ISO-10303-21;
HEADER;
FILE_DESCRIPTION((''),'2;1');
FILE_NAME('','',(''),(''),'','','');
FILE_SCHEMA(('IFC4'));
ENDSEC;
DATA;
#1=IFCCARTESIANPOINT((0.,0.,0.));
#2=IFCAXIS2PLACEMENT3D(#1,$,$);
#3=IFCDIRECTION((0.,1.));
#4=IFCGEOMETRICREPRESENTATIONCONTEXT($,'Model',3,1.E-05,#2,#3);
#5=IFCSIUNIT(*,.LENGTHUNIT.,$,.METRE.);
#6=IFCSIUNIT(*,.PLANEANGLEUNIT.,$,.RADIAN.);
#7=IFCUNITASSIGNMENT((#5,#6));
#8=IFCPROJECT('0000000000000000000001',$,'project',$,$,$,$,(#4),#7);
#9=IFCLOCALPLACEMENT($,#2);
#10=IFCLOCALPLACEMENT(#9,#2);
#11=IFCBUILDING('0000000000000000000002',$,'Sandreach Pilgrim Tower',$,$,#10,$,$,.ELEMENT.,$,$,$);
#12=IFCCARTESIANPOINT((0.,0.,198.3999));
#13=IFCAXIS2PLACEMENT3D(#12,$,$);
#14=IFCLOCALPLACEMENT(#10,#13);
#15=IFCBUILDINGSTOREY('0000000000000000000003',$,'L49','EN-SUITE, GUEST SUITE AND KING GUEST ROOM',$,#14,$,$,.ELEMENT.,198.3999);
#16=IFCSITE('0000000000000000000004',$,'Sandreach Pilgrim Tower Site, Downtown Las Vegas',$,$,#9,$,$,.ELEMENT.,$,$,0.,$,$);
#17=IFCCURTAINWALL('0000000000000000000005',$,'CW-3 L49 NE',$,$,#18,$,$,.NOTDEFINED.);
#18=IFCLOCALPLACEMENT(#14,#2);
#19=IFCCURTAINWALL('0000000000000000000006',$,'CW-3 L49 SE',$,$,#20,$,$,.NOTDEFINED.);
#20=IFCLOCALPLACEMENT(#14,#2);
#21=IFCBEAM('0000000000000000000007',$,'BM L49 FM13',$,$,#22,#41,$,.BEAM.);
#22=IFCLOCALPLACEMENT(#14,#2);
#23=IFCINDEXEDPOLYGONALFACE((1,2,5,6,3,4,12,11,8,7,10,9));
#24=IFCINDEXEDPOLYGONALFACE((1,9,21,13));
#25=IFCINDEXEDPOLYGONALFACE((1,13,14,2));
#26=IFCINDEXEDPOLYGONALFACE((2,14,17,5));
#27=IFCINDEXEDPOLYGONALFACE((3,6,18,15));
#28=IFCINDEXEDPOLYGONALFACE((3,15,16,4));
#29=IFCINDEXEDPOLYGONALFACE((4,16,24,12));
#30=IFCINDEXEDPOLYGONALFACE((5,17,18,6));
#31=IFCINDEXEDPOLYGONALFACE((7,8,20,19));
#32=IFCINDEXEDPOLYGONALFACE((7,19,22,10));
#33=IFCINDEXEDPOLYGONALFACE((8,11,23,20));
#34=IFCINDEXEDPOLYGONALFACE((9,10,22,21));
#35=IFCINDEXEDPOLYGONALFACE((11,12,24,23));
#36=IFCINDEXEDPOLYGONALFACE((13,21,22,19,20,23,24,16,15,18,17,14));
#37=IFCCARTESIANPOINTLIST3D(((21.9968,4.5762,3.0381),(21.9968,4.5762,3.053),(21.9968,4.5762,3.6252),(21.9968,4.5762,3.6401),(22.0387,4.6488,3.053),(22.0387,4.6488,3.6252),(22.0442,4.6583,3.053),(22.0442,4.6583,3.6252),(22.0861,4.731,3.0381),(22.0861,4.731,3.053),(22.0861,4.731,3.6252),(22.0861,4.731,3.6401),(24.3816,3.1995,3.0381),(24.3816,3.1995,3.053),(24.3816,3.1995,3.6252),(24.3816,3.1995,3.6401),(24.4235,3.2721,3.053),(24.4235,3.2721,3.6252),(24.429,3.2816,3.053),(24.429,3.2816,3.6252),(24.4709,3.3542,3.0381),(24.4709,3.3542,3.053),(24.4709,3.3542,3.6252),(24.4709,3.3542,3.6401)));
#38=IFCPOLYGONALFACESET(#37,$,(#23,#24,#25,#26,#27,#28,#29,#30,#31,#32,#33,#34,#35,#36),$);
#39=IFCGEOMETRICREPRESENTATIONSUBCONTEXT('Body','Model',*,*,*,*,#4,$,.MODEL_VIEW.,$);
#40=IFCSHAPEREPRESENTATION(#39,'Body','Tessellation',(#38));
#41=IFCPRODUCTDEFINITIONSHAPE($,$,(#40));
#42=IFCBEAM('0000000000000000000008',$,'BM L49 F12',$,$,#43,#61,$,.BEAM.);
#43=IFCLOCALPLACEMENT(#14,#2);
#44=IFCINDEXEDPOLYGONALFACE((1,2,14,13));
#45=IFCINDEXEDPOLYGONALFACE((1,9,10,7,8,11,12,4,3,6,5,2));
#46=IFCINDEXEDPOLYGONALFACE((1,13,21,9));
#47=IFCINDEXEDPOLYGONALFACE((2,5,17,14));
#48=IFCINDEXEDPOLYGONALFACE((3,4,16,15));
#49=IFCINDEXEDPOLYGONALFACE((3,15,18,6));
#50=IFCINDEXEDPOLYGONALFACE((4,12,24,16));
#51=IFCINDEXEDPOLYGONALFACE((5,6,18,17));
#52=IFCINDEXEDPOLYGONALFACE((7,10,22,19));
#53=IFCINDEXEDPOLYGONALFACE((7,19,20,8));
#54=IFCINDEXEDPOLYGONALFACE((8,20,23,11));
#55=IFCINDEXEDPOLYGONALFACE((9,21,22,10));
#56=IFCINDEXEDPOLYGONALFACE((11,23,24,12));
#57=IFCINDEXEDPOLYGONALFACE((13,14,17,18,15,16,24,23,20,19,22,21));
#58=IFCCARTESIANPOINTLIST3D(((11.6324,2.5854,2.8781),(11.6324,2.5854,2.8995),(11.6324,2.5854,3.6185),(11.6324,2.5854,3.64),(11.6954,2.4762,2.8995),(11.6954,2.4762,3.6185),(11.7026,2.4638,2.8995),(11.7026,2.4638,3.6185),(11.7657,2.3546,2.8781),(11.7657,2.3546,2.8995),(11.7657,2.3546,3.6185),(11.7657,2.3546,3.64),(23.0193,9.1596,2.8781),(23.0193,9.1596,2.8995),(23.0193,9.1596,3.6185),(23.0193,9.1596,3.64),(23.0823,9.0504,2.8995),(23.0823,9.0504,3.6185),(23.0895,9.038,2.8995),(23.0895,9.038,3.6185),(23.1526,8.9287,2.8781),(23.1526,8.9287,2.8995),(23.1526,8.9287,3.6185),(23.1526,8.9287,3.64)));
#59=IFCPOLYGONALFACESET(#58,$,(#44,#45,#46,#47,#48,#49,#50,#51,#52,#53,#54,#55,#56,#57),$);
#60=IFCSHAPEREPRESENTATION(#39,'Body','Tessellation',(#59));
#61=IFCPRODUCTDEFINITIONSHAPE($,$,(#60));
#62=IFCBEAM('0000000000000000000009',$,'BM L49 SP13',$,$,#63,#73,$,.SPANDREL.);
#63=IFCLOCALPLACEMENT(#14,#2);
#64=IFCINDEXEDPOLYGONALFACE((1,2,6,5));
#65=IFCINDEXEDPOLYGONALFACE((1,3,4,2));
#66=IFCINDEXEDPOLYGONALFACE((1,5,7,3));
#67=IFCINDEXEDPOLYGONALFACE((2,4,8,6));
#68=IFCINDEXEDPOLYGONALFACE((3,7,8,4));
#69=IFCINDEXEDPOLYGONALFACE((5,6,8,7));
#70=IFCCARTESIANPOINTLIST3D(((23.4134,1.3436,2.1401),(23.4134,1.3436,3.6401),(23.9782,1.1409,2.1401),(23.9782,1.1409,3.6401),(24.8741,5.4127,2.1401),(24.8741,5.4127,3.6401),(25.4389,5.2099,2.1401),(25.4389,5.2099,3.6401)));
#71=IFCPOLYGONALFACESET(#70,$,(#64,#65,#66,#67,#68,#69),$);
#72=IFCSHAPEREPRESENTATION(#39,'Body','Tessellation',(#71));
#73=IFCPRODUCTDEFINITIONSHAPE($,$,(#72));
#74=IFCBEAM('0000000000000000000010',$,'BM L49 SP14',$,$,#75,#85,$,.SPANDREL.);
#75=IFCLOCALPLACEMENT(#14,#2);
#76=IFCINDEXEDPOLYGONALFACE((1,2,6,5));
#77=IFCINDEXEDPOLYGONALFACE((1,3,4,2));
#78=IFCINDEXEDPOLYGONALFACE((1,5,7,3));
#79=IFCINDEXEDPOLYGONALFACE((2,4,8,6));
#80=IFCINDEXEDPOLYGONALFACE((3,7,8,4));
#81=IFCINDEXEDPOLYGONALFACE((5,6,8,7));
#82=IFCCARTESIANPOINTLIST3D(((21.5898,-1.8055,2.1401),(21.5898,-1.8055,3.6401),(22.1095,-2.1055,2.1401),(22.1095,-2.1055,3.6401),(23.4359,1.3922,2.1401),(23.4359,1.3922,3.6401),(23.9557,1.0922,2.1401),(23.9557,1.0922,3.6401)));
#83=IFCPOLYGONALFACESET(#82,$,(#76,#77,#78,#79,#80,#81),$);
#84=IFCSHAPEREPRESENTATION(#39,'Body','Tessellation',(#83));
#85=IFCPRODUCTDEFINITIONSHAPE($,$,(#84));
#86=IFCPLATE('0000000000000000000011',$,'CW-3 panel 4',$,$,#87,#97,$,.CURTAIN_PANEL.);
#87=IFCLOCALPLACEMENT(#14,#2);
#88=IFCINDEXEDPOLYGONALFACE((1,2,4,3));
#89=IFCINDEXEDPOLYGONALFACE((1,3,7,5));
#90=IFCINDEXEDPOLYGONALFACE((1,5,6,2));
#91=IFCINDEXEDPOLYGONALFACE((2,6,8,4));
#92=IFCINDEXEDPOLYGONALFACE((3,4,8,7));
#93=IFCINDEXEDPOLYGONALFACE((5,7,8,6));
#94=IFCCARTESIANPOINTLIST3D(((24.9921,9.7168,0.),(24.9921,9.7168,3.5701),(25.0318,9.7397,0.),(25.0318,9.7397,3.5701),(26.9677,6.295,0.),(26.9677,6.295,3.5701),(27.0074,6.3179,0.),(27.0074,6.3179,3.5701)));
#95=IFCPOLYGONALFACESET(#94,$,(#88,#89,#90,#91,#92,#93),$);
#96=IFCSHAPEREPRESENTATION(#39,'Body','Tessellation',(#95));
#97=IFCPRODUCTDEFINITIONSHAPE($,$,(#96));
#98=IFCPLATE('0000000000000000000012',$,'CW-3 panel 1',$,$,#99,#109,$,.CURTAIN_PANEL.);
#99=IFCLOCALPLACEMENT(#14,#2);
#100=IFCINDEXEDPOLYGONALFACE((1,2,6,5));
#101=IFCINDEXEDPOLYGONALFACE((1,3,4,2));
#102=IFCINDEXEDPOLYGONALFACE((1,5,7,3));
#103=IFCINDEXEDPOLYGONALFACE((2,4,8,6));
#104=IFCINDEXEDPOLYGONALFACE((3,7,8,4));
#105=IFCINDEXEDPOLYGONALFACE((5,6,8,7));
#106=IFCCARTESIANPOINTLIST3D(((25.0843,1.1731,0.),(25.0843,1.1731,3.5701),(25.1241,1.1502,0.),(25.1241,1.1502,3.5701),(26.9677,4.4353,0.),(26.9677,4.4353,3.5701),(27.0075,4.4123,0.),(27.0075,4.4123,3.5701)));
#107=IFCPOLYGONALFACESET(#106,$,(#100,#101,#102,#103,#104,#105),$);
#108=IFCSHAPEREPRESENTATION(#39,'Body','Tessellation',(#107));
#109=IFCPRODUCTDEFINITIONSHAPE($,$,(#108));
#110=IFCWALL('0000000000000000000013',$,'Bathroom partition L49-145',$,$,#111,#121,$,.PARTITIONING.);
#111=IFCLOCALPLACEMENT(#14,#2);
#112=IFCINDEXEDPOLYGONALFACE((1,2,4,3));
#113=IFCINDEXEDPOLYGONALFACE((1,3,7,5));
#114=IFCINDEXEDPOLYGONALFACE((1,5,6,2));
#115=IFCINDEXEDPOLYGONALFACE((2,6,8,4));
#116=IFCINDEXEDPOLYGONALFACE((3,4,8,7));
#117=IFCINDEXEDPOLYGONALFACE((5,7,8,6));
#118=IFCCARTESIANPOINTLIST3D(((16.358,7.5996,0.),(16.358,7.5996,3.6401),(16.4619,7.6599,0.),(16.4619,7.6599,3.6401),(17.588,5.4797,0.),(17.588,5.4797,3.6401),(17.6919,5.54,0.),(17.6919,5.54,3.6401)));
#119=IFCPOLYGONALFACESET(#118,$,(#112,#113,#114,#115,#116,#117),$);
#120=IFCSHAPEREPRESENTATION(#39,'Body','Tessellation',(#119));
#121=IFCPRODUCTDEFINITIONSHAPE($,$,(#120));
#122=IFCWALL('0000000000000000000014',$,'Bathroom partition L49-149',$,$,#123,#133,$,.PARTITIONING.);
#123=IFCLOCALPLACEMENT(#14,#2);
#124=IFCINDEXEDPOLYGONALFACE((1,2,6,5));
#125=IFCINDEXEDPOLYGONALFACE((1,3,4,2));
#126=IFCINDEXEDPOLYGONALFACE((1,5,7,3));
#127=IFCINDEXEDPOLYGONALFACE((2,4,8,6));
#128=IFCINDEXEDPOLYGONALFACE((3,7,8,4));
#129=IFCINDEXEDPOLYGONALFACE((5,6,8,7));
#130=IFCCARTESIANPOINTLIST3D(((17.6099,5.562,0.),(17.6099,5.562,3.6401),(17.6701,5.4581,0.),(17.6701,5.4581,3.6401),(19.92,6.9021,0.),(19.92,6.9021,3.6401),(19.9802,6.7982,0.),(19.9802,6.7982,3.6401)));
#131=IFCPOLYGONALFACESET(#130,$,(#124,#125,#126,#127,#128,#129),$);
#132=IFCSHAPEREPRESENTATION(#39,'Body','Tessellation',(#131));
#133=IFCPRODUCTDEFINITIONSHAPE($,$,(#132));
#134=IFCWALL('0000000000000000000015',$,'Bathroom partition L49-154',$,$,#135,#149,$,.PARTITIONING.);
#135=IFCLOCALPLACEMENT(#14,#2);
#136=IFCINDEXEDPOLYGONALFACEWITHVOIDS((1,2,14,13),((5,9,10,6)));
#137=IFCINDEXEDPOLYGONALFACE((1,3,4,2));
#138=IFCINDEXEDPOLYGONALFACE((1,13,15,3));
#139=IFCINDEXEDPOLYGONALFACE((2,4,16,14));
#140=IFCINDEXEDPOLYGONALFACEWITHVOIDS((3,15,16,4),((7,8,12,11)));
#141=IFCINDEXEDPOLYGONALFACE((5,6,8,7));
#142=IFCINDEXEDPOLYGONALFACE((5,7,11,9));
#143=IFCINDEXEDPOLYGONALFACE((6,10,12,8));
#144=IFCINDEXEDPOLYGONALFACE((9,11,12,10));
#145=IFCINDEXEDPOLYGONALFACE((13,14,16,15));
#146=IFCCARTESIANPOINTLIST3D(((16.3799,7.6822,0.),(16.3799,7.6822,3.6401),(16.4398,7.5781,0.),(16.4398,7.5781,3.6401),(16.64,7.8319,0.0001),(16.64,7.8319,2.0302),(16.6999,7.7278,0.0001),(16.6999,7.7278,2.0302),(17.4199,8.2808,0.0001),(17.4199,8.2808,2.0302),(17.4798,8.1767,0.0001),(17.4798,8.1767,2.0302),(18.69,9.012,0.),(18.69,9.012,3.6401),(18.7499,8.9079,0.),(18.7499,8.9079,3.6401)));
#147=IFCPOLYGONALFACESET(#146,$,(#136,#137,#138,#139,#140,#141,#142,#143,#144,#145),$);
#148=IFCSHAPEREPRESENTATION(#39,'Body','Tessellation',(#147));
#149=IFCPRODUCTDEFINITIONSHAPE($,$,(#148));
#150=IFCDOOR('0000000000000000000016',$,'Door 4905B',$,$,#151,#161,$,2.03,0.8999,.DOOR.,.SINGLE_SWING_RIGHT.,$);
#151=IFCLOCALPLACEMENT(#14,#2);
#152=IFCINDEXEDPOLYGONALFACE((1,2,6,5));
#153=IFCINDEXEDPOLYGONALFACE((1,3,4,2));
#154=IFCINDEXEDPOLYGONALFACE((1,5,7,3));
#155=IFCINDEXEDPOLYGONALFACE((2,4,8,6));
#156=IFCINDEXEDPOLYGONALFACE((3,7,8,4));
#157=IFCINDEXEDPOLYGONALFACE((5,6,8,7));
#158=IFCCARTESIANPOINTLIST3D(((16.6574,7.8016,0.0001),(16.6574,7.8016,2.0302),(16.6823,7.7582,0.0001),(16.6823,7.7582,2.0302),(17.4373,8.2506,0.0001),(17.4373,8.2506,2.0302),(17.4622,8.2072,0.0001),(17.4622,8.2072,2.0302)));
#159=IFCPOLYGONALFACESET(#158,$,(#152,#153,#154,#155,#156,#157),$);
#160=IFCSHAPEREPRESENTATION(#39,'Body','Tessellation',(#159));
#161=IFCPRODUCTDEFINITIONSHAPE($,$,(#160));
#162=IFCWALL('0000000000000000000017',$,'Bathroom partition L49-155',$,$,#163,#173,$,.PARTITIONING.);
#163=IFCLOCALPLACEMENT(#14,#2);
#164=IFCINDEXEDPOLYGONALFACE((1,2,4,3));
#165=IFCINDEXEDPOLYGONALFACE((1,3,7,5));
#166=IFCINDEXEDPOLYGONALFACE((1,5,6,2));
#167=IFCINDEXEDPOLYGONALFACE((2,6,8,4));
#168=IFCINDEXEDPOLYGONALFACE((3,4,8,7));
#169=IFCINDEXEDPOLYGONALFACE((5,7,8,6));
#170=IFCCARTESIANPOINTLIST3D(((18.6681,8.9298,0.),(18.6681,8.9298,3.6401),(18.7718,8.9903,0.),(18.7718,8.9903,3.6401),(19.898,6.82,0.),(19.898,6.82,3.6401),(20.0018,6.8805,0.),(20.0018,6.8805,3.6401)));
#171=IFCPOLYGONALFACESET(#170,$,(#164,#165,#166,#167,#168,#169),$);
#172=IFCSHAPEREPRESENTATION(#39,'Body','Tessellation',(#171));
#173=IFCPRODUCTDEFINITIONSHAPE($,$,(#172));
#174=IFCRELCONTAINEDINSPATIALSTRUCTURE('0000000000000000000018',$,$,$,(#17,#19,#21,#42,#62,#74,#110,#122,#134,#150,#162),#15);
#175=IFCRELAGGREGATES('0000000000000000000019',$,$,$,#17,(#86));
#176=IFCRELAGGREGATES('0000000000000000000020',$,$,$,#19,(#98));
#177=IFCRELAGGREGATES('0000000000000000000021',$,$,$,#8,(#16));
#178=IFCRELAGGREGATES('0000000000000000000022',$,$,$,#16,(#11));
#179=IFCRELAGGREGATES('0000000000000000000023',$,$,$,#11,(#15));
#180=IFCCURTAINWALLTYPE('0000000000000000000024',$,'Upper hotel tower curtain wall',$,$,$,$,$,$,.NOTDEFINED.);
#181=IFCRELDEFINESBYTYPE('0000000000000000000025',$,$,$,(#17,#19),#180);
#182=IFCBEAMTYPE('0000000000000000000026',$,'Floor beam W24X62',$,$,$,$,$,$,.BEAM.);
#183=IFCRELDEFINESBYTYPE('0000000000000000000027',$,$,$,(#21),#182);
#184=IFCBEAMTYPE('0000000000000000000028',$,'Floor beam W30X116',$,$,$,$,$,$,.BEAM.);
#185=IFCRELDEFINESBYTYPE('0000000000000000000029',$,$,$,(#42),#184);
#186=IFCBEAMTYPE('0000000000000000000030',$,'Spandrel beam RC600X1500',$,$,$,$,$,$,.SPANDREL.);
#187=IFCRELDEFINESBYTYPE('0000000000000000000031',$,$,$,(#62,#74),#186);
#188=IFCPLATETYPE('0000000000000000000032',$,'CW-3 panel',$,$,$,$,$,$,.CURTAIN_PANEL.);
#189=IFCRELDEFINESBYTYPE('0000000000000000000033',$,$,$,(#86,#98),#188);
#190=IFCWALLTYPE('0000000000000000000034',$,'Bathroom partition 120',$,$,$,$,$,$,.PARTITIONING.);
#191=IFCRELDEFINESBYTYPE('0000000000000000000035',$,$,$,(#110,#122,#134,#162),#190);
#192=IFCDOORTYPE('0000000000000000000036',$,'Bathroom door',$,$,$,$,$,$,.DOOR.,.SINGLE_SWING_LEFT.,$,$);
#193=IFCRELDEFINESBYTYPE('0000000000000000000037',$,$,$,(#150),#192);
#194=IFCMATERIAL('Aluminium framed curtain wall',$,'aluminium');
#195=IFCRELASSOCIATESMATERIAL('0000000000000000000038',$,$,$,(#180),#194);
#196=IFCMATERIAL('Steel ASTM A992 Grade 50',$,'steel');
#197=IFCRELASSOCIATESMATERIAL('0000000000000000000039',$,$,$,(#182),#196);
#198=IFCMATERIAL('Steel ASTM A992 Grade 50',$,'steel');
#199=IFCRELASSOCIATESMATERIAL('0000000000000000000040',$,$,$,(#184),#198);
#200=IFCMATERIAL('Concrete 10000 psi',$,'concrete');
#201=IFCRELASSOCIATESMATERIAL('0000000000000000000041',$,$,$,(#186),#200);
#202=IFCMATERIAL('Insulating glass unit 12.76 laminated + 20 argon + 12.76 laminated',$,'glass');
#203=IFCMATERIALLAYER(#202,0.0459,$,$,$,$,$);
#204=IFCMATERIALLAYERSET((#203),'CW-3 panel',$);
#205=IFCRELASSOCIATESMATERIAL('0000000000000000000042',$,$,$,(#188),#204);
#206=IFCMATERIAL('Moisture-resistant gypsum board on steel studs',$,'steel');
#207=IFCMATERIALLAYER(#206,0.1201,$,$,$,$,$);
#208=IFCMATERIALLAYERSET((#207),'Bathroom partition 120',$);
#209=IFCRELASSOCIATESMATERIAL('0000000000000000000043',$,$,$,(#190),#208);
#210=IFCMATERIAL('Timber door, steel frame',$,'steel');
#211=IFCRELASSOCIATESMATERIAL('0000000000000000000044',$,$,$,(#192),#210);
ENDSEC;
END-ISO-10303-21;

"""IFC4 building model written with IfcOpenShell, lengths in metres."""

from ifc_helpers import new_model, si_unit, direction, frame, frame_2d, origin, origin_2d, place, context, subcontext, project, spatial, rectangle, i_section, extrude, material, layer, layer_set, material_profile, profile_set, type_object, element, fill, aggregate, save


model = new_model("IFC4")

# Units and contexts
model_context = context("Model", 3, precision=1e-05, world=origin(), true_north=direction((0.0, 1.0)))
body_context = subcontext(model_context, "Body", "Model", "MODEL_VIEW")
ifc_project = project(units=[si_unit("LENGTHUNIT", "METRE"), si_unit("PLANEANGLEUNIT", "RADIAN")], contexts=[model_context])

# Site, building, storey
site_placement = place(None, origin())
site = spatial("IfcSite", under=ifc_project, at=site_placement, Name="Sandreach Pilgrim Tower Site, Downtown Las Vegas", CompositionType="ELEMENT", RefElevation=0.0)
building_placement = place(site_placement, origin())
building = spatial("IfcBuilding", under=site, at=building_placement, Name="Sandreach Pilgrim Tower", CompositionType="ELEMENT")
storey_placement = place(building_placement, frame((0.0, 0.0, 198.3999)))
storey = spatial("IfcBuildingStorey", under=building, at=storey_placement, Name="L49", Description="EN-SUITE, GUEST SUITE AND KING GUEST ROOM", CompositionType="ELEMENT", Elevation=198.3999)

# Curtain wall
ifc_material_1 = material(Name="Aluminium framed curtain wall", Category="aluminium")
curtain_wall_type = type_object("IfcCurtainWallType", Name="Upper hotel tower curtain wall", PredefinedType="NOTDEFINED", material=ifc_material_1)
curtain_wall_1_placement = place(storey_placement, origin())
curtain_wall_1 = element("IfcCurtainWall", 1, at=curtain_wall_1_placement, inside=storey, type_object=curtain_wall_type, Name="CW-3 L49 NE", PredefinedType="NOTDEFINED")

# Curtain wall
curtain_wall_2_placement = place(storey_placement, origin())
curtain_wall_2 = element("IfcCurtainWall", 2, at=curtain_wall_2_placement, inside=storey, type_object=curtain_wall_type, Name="CW-3 L49 SE", PredefinedType="NOTDEFINED")

# Beams
ifc_material_2 = material(Name="Steel ASTM A992 Grade 50", Category="steel")
ifc_material_profile_1 = material_profile(ifc_material_2, i_section(OverallWidth=0.1787, OverallDepth=0.6021, WebThickness=0.011, FlangeThickness=0.0149, at=origin_2d()), Name="W24X62")
ifc_profile_set_1 = profile_set([ifc_material_profile_1], Name="Steel ASTM A992 Grade 50")
beam_type_1 = type_object("IfcBeamType", Name="Floor beam W24X62", PredefinedType="BEAM", material=ifc_profile_set_1)
beam_1_placement = place(storey_placement, frame((24.4263, 3.2769, 3.3391), z_axis=(-0.866047, 0.499963, 0.0), x_axis=(-0.499963, -0.866047, 0.0)))
element("IfcBeam", 3, at=beam_1_placement, inside=storey, type_object=beam_type_1, Name="BM L49 FM13", PredefinedType="BEAM", context=body_context, shape_type="SweptSolid", body=[
    extrude(i_section(OverallWidth=0.1787, OverallDepth=0.6021, WebThickness=0.011, FlangeThickness=0.0149, at=origin_2d()), origin(), (0.0, 0.0, 1.0), 2.7537),
])
ifc_material_3 = material(Name="Steel ASTM A992 Grade 50", Category="steel")
ifc_material_profile_2 = material_profile(ifc_material_3, i_section(OverallWidth=0.2666, OverallDepth=0.762, WebThickness=0.0144, FlangeThickness=0.0215, at=origin_2d()), Name="W30X116")
ifc_profile_set_2 = profile_set([ifc_material_profile_2], Name="Steel ASTM A992 Grade 50")
beam_type_2 = type_object("IfcBeamType", Name="Floor beam W30X116", PredefinedType="BEAM", material=ifc_profile_set_2)
beam_2_placement = place(storey_placement, frame((23.0859, 9.0442, 3.259), z_axis=(-0.866027, -0.499997, 0.0), x_axis=(0.499997, -0.866027, 0.0)))
element("IfcBeam", 4, at=beam_2_placement, inside=storey, type_object=beam_type_2, Name="BM L49 F12", PredefinedType="BEAM", context=body_context, shape_type="SweptSolid", body=[
    extrude(i_section(OverallWidth=0.2666, OverallDepth=0.762, WebThickness=0.0144, FlangeThickness=0.0215, at=origin_2d()), origin(), (0.0, 0.0, 1.0), 13.1484),
])
ifc_material_4 = material(Name="Concrete 10000 psi", Category="concrete")
ifc_material_profile_3 = material_profile(ifc_material_4, rectangle(XDim=0.6001, YDim=1.5, at=origin_2d()), Name="RC600X1500")
ifc_profile_set_3 = profile_set([ifc_material_profile_3], Name="Concrete 10000 psi")
beam_type_3 = type_object("IfcBeamType", Name="Spandrel beam RC600X1500", PredefinedType="SPANDREL", material=ifc_profile_set_3)
beam_3_placement = place(storey_placement, frame((25.1565, 5.3113, 2.8901), z_axis=(-0.337863, -0.941195, 0.0), x_axis=(0.941195, -0.337863, 0.0)))
element("IfcBeam", 5, at=beam_3_placement, inside=storey, type_object=beam_type_3, Name="BM L49 SP13", PredefinedType="SPANDREL", context=body_context, shape_type="SweptSolid", body=[
    extrude(rectangle(XDim=0.6001, YDim=1.5, at=origin_2d()), origin(), (0.0, 0.0, 1.0), 4.3232),
])
beam_4_placement = place(storey_placement, frame((23.6958, 1.2422, 2.8901), z_axis=(-0.499993, -0.866029, 0.0), x_axis=(0.866029, -0.499993, 0.0)))
element("IfcBeam", 6, at=beam_4_placement, inside=storey, type_object=beam_type_3, Name="BM L49 SP14", PredefinedType="SPANDREL", context=body_context, shape_type="SweptSolid", body=[
    extrude(rectangle(XDim=0.6001, YDim=1.5, at=origin_2d()), origin(), (0.0, 0.0, 1.0), 3.6924),
])

# Plates
ifc_material_5 = material(Name="Insulating glass unit 12.76 laminated + 20 argon + 12.76 laminated", Category="glass")
ifc_layer_1 = layer(ifc_material_5, 0.0459)
ifc_layer_set_1 = layer_set([ifc_layer_1], Name="CW-3 panel")
plate_type = type_object("IfcPlateType", Name="CW-3 panel", PredefinedType="CURTAIN_PANEL", material=ifc_layer_set_1)
plate_1_placement = place(storey_placement, frame((25.9998, 8.0173, 0.0), z_axis=(0.0, 0.0, 1.0), x_axis=(0.5, -0.866025, 0.0)))
plate_1 = element("IfcPlate", 7, at=plate_1_placement, type_object=plate_type, Name="CW-3 panel 4", PredefinedType="CURTAIN_PANEL", context=body_context, shape_type="SweptSolid", body=[
    extrude(rectangle(XDim=3.9512, YDim=0.0459, at=origin_2d()), origin(), (0.0, 0.0, 1.0), 3.5701),
])
aggregate(curtain_wall_1, [plate_1])
plate_2_placement = place(storey_placement, frame((26.0459, 2.7927, 0.0), z_axis=(0.0, 0.0, 1.0), x_axis=(-0.5, -0.866025, 0.0)))
plate_2 = element("IfcPlate", 8, at=plate_2_placement, type_object=plate_type, Name="CW-3 panel 1", PredefinedType="CURTAIN_PANEL", context=body_context, shape_type="SweptSolid", body=[
    extrude(rectangle(XDim=3.7668, YDim=0.0459, at=origin_2d()), origin(), (0.0, 0.0, 1.0), 3.5701),
])
aggregate(curtain_wall_2, [plate_2])

# Walls
ifc_material_6 = material(Name="Moisture-resistant gypsum board on steel studs", Category="steel")
ifc_layer_2 = layer(ifc_material_6, 0.1201)
ifc_layer_set_2 = layer_set([ifc_layer_2], Name="Bathroom partition 120")
wall_type_1 = type_object("IfcWallType", Name="Bathroom partition 120", PredefinedType="PARTITIONING", material=ifc_layer_set_2)
wall_1_placement = place(storey_placement, frame((16.4099, 7.6299, 0.0), z_axis=(0.0, 0.0, 1.0), x_axis=(0.501857, -0.864951, 0.0)))
element("IfcWall", 9, at=wall_1_placement, inside=storey, type_object=wall_type_1, Name="Bathroom partition L49-145", PredefinedType="PARTITIONING", context=body_context, shape_type="SweptSolid", body=[
    extrude(rectangle(XDim=2.4509, YDim=0.1201, at=frame_2d((1.2256, 0.0))), origin(), (0.0, 0.0, 1.0), 3.6401),
])
wall_2_placement = place(storey_placement, frame((17.6399, 5.51, 0.0), z_axis=(0.0, 0.0, 1.0), x_axis=(0.86499, 0.501789, 0.0)))
element("IfcWall", 10, at=wall_2_placement, inside=storey, type_object=wall_type_1, Name="Bathroom partition L49-149", PredefinedType="PARTITIONING", context=body_context, shape_type="SweptSolid", body=[
    extrude(rectangle(XDim=2.6707, YDim=0.1201, at=frame_2d((1.3354, 0.0))), origin(), (0.0, 0.0, 1.0), 3.6401),
])

# Wall, opening, door
wall_3_placement = place(storey_placement, frame((18.72, 8.96, 0.0), z_axis=(0.0, 0.0, 1.0), x_axis=(-0.866655, -0.498908, 0.0)))
wall_3 = element("IfcWall", 11, at=wall_3_placement, inside=storey, type_object=wall_type_1, Name="Bathroom partition L49-154", PredefinedType="PARTITIONING", context=body_context, shape_type="SweptSolid", body=[
    extrude(rectangle(XDim=2.6655, YDim=0.1201, at=frame_2d((1.3328, 0.0))), origin(), (0.0, 0.0, 1.0), 3.6401),
])
opening_1_placement = place(wall_3_placement, frame((1.4656, 0.0, 0.0)))
opening_1 = element("IfcOpeningElement", 12, at=opening_1_placement, cuts=wall_3, PredefinedType="OPENING", context=body_context, shape_type="SweptSolid", body=[
    extrude(rectangle(XDim=0.8999, YDim=2.03, at=frame_2d((0.45, 1.0151))), frame((0.0, 0.0601, 0.0), z_axis=(0.0, -1.0, 0.0), x_axis=(1.0, 0.0, 0.0)), (0.0, 0.0, 1.0), 0.1201),
])
ifc_material_7 = material(Name="Timber door, steel frame", Category="steel")
door_type_1 = type_object("IfcDoorType", Name="Bathroom door", OperationType="SINGLE_SWING_LEFT", PredefinedType="DOOR", material=ifc_material_7)
door_1_placement = place(opening_1_placement, origin())
door_1 = element("IfcDoor", 13, at=door_1_placement, inside=storey, type_object=door_type_1, Name="Door 4905B", OperationType="SINGLE_SWING_RIGHT", OverallHeight=2.03, OverallWidth=0.8999, PredefinedType="DOOR", context=body_context, shape_type="SweptSolid", body=[
    extrude(rectangle(XDim=0.8999, YDim=2.03, at=frame_2d((0.45, 1.0151))), frame((0.0, 0.0249, 0.0), z_axis=(0.0, -1.0, 0.0), x_axis=(1.0, 0.0, 0.0)), (0.0, 0.0, 1.0), 0.05),
])
fill(opening_1, door_1)

# Wall
wall_4_placement = place(storey_placement, frame((19.95, 6.8501, 0.0), z_axis=(0.0, 0.0, 1.0), x_axis=(-0.503635, 0.863917, 0.0)))
element("IfcWall", 14, at=wall_4_placement, inside=storey, type_object=wall_type_1, Name="Bathroom partition L49-155", PredefinedType="PARTITIONING", context=body_context, shape_type="SweptSolid", body=[
    extrude(rectangle(XDim=2.4421, YDim=0.1201, at=frame_2d((1.2212, 0.0))), origin(), (0.0, 0.0, 1.0), 3.6401),
])

save(model, "model.ifc")
